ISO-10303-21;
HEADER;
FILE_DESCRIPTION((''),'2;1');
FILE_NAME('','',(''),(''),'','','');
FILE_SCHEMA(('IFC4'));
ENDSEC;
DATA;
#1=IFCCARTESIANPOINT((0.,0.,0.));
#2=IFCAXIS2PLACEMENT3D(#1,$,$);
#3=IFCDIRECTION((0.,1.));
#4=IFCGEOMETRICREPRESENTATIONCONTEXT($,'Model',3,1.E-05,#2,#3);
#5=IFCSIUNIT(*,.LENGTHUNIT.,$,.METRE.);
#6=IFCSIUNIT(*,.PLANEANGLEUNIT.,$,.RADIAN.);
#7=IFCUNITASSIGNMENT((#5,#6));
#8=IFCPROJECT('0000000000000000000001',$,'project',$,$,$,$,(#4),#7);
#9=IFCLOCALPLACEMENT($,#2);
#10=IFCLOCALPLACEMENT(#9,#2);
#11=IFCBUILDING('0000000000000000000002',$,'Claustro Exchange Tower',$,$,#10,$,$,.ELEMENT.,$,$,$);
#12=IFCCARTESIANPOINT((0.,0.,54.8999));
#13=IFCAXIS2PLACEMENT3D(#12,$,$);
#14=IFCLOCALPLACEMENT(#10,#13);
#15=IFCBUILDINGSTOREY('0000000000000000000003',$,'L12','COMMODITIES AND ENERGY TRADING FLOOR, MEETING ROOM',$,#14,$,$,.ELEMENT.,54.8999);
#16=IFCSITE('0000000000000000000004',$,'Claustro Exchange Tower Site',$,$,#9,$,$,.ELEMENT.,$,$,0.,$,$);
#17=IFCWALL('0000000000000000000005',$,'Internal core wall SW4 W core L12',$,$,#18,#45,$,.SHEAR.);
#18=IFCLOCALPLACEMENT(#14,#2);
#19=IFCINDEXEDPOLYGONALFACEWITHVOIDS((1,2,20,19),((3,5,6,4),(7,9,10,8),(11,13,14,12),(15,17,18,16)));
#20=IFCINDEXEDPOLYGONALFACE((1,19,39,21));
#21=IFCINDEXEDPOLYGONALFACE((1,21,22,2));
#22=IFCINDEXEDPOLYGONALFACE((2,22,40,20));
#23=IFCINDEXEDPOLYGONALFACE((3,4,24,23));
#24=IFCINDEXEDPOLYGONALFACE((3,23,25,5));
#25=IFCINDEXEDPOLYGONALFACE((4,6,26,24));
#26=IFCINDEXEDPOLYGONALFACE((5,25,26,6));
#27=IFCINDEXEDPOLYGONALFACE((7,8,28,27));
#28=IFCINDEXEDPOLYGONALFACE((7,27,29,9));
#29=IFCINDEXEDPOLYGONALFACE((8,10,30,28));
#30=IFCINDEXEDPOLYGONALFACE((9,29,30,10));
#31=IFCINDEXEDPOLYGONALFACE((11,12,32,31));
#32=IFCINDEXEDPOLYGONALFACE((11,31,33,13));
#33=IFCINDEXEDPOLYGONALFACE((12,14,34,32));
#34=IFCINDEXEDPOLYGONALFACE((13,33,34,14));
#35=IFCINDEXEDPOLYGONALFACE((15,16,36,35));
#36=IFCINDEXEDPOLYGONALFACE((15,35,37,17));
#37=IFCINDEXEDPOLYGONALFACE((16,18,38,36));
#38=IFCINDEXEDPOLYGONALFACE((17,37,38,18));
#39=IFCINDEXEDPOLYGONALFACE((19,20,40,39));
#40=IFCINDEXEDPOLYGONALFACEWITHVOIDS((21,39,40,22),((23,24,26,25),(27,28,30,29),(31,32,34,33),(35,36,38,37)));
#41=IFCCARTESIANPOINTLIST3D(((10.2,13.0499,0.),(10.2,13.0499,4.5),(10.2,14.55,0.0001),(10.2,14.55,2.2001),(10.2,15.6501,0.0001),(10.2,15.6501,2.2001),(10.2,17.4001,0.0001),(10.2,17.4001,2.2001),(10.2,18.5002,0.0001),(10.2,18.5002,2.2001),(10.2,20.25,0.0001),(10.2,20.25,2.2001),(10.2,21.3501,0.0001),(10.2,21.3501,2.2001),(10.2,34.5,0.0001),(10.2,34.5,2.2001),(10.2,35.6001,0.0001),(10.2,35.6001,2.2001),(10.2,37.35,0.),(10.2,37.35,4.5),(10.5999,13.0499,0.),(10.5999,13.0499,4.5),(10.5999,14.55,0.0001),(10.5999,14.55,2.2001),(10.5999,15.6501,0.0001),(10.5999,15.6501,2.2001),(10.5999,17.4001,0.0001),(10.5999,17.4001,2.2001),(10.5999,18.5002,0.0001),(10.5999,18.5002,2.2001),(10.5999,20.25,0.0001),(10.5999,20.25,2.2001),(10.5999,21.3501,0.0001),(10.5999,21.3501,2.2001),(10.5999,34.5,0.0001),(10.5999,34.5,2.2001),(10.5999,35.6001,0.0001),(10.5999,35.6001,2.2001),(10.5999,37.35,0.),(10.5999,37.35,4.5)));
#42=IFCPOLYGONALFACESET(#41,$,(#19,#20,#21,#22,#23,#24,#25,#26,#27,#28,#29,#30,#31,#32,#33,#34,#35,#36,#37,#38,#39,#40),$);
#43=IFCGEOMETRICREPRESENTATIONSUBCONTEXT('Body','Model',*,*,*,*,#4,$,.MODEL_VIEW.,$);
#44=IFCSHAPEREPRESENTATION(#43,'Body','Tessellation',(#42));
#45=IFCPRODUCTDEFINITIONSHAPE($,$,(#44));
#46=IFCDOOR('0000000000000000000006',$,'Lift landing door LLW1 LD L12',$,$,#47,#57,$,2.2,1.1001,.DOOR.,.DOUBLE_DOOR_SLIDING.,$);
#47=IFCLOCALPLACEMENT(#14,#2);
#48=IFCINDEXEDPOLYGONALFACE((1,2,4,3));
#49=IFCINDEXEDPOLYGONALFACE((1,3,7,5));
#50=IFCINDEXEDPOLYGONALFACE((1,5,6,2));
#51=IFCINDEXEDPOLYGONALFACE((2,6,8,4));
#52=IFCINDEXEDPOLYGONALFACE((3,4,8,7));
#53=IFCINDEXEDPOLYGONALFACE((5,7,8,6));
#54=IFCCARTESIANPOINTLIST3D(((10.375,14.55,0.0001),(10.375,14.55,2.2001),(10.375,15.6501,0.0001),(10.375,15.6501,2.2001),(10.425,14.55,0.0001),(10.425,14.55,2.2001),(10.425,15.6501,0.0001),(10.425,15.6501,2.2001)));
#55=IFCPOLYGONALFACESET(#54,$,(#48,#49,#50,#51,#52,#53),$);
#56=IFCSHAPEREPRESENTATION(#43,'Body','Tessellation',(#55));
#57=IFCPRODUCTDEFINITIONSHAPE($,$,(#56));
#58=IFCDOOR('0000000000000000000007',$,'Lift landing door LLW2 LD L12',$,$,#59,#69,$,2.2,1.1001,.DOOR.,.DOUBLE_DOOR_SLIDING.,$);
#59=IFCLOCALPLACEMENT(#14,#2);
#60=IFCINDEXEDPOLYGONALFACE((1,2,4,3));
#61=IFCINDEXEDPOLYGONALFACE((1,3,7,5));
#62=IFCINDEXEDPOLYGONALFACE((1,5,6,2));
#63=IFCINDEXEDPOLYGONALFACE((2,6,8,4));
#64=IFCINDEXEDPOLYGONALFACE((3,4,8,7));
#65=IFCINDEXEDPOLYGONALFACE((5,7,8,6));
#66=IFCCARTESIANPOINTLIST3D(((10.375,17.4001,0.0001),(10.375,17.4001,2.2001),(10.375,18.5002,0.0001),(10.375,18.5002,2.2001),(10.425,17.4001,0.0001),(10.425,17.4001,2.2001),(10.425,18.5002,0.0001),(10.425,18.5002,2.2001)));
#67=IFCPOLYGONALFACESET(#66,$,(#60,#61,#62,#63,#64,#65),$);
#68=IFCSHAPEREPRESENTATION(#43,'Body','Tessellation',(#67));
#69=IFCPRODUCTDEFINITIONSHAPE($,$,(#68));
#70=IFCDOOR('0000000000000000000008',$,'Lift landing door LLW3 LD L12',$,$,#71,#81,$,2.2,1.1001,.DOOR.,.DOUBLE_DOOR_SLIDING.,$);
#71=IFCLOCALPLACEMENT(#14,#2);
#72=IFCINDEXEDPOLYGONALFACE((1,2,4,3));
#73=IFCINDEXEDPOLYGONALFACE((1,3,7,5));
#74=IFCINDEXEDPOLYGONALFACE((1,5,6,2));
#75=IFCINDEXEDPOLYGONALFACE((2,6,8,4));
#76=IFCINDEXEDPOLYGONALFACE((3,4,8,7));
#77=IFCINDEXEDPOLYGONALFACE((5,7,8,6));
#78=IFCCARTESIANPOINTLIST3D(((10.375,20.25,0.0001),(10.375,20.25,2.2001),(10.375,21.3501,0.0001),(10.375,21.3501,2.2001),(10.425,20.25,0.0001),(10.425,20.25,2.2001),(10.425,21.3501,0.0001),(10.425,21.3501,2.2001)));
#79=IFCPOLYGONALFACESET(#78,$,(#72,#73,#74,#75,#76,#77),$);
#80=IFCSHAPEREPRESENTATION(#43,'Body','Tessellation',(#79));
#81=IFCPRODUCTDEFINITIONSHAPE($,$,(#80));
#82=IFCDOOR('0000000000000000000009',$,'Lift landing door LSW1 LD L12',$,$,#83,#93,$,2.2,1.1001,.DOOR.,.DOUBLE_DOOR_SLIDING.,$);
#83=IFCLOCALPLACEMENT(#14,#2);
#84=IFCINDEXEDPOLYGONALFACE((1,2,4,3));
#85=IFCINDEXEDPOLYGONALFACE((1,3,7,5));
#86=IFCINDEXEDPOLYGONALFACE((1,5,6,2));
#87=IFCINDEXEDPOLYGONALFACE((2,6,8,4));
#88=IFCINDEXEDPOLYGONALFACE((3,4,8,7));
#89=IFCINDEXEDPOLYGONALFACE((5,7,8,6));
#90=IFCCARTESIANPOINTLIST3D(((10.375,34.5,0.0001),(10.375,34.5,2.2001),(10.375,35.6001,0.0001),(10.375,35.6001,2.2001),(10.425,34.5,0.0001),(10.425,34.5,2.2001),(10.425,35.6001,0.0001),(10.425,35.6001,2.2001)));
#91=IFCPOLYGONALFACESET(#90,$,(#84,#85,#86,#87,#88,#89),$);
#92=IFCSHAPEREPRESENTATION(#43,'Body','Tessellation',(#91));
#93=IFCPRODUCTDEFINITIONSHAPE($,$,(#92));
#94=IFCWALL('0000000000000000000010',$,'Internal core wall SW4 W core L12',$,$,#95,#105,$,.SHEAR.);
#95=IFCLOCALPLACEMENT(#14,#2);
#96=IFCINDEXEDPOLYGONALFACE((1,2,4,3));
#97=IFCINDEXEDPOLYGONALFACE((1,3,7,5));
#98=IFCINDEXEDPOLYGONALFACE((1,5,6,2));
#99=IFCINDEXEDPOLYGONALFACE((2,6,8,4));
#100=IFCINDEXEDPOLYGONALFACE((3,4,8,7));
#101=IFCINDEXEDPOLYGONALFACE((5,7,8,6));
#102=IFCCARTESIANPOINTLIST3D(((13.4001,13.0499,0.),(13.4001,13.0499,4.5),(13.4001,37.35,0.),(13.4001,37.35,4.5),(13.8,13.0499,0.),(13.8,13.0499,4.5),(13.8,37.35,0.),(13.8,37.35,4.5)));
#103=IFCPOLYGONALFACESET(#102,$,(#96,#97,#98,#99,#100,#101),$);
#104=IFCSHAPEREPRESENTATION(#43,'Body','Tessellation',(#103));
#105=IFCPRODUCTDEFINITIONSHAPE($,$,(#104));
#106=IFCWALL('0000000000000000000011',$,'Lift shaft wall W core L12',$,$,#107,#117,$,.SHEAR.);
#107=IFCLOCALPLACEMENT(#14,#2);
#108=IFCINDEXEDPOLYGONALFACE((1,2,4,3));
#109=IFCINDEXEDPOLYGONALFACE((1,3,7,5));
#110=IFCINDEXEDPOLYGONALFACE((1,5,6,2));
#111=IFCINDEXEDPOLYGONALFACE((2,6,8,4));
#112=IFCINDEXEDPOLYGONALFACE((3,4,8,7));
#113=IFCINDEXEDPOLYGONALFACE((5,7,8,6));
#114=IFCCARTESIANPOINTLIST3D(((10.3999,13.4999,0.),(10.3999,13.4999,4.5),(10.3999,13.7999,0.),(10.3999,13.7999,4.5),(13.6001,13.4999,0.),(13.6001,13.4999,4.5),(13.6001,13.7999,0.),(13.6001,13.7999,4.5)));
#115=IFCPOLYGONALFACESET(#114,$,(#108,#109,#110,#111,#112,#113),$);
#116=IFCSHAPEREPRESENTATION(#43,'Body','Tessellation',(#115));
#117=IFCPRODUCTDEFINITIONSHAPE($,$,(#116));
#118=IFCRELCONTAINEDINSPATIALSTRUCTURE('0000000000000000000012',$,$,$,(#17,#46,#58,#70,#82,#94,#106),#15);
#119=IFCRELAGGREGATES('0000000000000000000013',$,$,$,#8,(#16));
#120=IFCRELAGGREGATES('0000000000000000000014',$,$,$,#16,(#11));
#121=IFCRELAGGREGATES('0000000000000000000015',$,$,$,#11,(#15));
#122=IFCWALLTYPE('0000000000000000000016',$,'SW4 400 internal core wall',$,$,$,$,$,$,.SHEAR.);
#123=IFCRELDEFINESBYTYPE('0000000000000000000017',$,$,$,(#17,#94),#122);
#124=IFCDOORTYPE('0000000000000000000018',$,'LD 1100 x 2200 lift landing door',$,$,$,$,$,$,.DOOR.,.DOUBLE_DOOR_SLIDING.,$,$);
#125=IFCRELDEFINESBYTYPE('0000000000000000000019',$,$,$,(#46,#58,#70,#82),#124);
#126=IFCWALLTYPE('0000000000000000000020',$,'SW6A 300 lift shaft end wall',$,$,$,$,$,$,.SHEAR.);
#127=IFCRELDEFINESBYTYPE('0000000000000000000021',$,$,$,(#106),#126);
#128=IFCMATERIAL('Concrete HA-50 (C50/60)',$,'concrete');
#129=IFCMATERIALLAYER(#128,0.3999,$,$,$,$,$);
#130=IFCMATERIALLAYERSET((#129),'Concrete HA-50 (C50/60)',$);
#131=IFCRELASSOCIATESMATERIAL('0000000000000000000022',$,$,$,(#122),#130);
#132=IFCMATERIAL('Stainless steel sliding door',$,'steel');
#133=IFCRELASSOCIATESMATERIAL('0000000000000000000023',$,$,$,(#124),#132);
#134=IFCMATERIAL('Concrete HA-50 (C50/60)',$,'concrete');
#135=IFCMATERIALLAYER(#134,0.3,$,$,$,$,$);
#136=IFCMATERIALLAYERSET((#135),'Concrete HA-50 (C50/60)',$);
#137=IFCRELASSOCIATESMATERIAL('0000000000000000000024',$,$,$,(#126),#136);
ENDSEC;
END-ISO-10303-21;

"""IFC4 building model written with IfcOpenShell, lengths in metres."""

from ifc_helpers import new_model, si_unit, direction, frame, frame_2d, origin, place, context, subcontext, project, spatial, rectangle, extrude, material, layer, layer_set, type_object, element, fill, save


model = new_model("IFC4")

# Units and contexts
model_context = context("Model", 3, precision=1e-05, world=origin(), true_north=direction((0.0, 1.0)))
body_context = subcontext(model_context, "Body", "Model", "MODEL_VIEW")
ifc_project = project(units=[si_unit("LENGTHUNIT", "METRE"), si_unit("PLANEANGLEUNIT", "RADIAN")], contexts=[model_context])

# Site, building, storey
site_placement = place(None, origin())
site = spatial("IfcSite", under=ifc_project, at=site_placement, Name="Claustro Exchange Tower Site", CompositionType="ELEMENT", RefElevation=0.0)
building_placement = place(site_placement, origin())
building = spatial("IfcBuilding", under=site, at=building_placement, Name="Claustro Exchange Tower", CompositionType="ELEMENT")
storey_placement = place(building_placement, frame((0.0, 0.0, 54.8999)))
storey = spatial("IfcBuildingStorey", under=building, at=storey_placement, Name="L12", Description="COMMODITIES AND ENERGY TRADING FLOOR, MEETING ROOM", CompositionType="ELEMENT", Elevation=54.8999)

# Wall, openings, doors
ifc_material_1 = material(Name="Concrete HA-50 (C50/60)", Category="concrete")
ifc_layer_1 = layer(ifc_material_1, 0.3999)
ifc_layer_set_1 = layer_set([ifc_layer_1], Name="Concrete HA-50 (C50/60)")
wall_type_1 = type_object("IfcWallType", Name="SW4 400 internal core wall", PredefinedType="SHEAR", material=ifc_layer_set_1)
wall_1_placement = place(storey_placement, frame((10.3999, 13.05, 0.0), z_axis=(0.0, 0.0, 1.0), x_axis=(0.0, 1.0, 0.0)))
wall_1 = element("IfcWall", 1, at=wall_1_placement, inside=storey, type_object=wall_type_1, Name="Internal core wall SW4 W core L12", PredefinedType="SHEAR", context=body_context, shape_type="SweptSolid", body=[
    extrude(rectangle(XDim=24.3, YDim=0.3999, at=frame_2d((12.1499, 0.0))), origin(), (0.0, 0.0, 1.0), 4.5),
])
opening_1_placement = place(wall_1_placement, frame((1.5, 0.0, 0.0)))
opening_1 = element("IfcOpeningElement", 2, at=opening_1_placement, cuts=wall_1, PredefinedType="OPENING", context=body_context, shape_type="SweptSolid", body=[
    extrude(rectangle(XDim=1.1001, YDim=2.2, at=frame_2d((0.55, 1.1001))), frame((0.0, 0.21, 0.0), z_axis=(0.0, -1.0, 0.0), x_axis=(1.0, 0.0, 0.0)), (0.0, 0.0, 1.0), 0.4199),
])
opening_2_placement = place(wall_1_placement, frame((4.3501, 0.0, 0.0)))
opening_2 = element("IfcOpeningElement", 3, at=opening_2_placement, cuts=wall_1, PredefinedType="OPENING", context=body_context, shape_type="SweptSolid", body=[
    extrude(rectangle(XDim=1.1001, YDim=2.2, at=frame_2d((0.55, 1.1001))), frame((0.0, 0.21, 0.0), z_axis=(0.0, -1.0, 0.0), x_axis=(1.0, 0.0, 0.0)), (0.0, 0.0, 1.0), 0.4199),
])
opening_3_placement = place(wall_1_placement, frame((7.2, 0.0, 0.0)))
opening_3 = element("IfcOpeningElement", 4, at=opening_3_placement, cuts=wall_1, PredefinedType="OPENING", context=body_context, shape_type="SweptSolid", body=[
    extrude(rectangle(XDim=1.1001, YDim=2.2, at=frame_2d((0.55, 1.1001))), frame((0.0, 0.21, 0.0), z_axis=(0.0, -1.0, 0.0), x_axis=(1.0, 0.0, 0.0)), (0.0, 0.0, 1.0), 0.4199),
])
opening_4_placement = place(wall_1_placement, frame((21.45, 0.0, 0.0)))
opening_4 = element("IfcOpeningElement", 5, at=opening_4_placement, cuts=wall_1, PredefinedType="OPENING", context=body_context, shape_type="SweptSolid", body=[
    extrude(rectangle(XDim=1.1001, YDim=2.2, at=frame_2d((0.55, 1.1001))), frame((0.0, 0.21, 0.0), z_axis=(0.0, -1.0, 0.0), x_axis=(1.0, 0.0, 0.0)), (0.0, 0.0, 1.0), 0.4199),
])
ifc_material_2 = material(Name="Stainless steel sliding door", Category="steel")
door_type_1 = type_object("IfcDoorType", Name="LD 1100 x 2200 lift landing door", OperationType="DOUBLE_DOOR_SLIDING", PredefinedType="DOOR", material=ifc_material_2)
door_1_placement = place(opening_1_placement, origin())
door_1 = element("IfcDoor", 6, at=door_1_placement, inside=storey, type_object=door_type_1, Name="Lift landing door LLW1 LD L12", OperationType="DOUBLE_DOOR_SLIDING", OverallHeight=2.2, OverallWidth=1.1001, PredefinedType="DOOR", context=body_context, shape_type="SweptSolid", body=[
    extrude(rectangle(XDim=1.1001, YDim=2.2, at=frame_2d((0.55, 1.1001))), frame((0.0, 0.0249, 0.0), z_axis=(0.0, -1.0, 0.0), x_axis=(1.0, 0.0, 0.0)), (0.0, 0.0, 1.0), 0.05),
])
fill(opening_1, door_1)
door_2_placement = place(opening_2_placement, origin())
door_2 = element("IfcDoor", 7, at=door_2_placement, inside=storey, type_object=door_type_1, Name="Lift landing door LLW2 LD L12", OperationType="DOUBLE_DOOR_SLIDING", OverallHeight=2.2, OverallWidth=1.1001, PredefinedType="DOOR", context=body_context, shape_type="SweptSolid", body=[
    extrude(rectangle(XDim=1.1001, YDim=2.2, at=frame_2d((0.55, 1.1001))), frame((0.0, 0.0249, 0.0), z_axis=(0.0, -1.0, 0.0), x_axis=(1.0, 0.0, 0.0)), (0.0, 0.0, 1.0), 0.05),
])
fill(opening_2, door_2)
door_3_placement = place(opening_3_placement, origin())
door_3 = element("IfcDoor", 8, at=door_3_placement, inside=storey, type_object=door_type_1, Name="Lift landing door LLW3 LD L12", OperationType="DOUBLE_DOOR_SLIDING", OverallHeight=2.2, OverallWidth=1.1001, PredefinedType="DOOR", context=body_context, shape_type="SweptSolid", body=[
    extrude(rectangle(XDim=1.1001, YDim=2.2, at=frame_2d((0.55, 1.1001))), frame((0.0, 0.0249, 0.0), z_axis=(0.0, -1.0, 0.0), x_axis=(1.0, 0.0, 0.0)), (0.0, 0.0, 1.0), 0.05),
])
fill(opening_3, door_3)
door_4_placement = place(opening_4_placement, origin())
door_4 = element("IfcDoor", 9, at=door_4_placement, inside=storey, type_object=door_type_1, Name="Lift landing door LSW1 LD L12", OperationType="DOUBLE_DOOR_SLIDING", OverallHeight=2.2, OverallWidth=1.1001, PredefinedType="DOOR", context=body_context, shape_type="SweptSolid", body=[
    extrude(rectangle(XDim=1.1001, YDim=2.2, at=frame_2d((0.55, 1.1001))), frame((0.0, 0.0249, 0.0), z_axis=(0.0, -1.0, 0.0), x_axis=(1.0, 0.0, 0.0)), (0.0, 0.0, 1.0), 0.05),
])
fill(opening_4, door_4)

# Walls
wall_2_placement = place(storey_placement, frame((13.6001, 13.05, 0.0), z_axis=(0.0, 0.0, 1.0), x_axis=(0.0, 1.0, 0.0)))
element("IfcWall", 10, at=wall_2_placement, inside=storey, type_object=wall_type_1, Name="Internal core wall SW4 W core L12", PredefinedType="SHEAR", context=body_context, shape_type="SweptSolid", body=[
    extrude(rectangle(XDim=24.3, YDim=0.3999, at=frame_2d((12.1499, 0.0))), origin(), (0.0, 0.0, 1.0), 4.5),
])
ifc_material_3 = material(Name="Concrete HA-50 (C50/60)", Category="concrete")
ifc_layer_2 = layer(ifc_material_3, 0.3)
ifc_layer_set_2 = layer_set([ifc_layer_2], Name="Concrete HA-50 (C50/60)")
wall_type_2 = type_object("IfcWallType", Name="SW6A 300 lift shaft end wall", PredefinedType="SHEAR", material=ifc_layer_set_2)
wall_3_placement = place(storey_placement, frame((10.3999, 13.6499, 0.0), z_axis=(0.0, 0.0, 1.0), x_axis=(1.0, 0.0, 0.0)))
element("IfcWall", 11, at=wall_3_placement, inside=storey, type_object=wall_type_2, Name="Lift shaft wall W core L12", PredefinedType="SHEAR", context=body_context, shape_type="SweptSolid", body=[
    extrude(rectangle(XDim=3.2002, YDim=0.3, at=frame_2d((1.6001, 0.0))), origin(), (0.0, 0.0, 1.0), 4.5),
])

save(model, "model.ifc")
